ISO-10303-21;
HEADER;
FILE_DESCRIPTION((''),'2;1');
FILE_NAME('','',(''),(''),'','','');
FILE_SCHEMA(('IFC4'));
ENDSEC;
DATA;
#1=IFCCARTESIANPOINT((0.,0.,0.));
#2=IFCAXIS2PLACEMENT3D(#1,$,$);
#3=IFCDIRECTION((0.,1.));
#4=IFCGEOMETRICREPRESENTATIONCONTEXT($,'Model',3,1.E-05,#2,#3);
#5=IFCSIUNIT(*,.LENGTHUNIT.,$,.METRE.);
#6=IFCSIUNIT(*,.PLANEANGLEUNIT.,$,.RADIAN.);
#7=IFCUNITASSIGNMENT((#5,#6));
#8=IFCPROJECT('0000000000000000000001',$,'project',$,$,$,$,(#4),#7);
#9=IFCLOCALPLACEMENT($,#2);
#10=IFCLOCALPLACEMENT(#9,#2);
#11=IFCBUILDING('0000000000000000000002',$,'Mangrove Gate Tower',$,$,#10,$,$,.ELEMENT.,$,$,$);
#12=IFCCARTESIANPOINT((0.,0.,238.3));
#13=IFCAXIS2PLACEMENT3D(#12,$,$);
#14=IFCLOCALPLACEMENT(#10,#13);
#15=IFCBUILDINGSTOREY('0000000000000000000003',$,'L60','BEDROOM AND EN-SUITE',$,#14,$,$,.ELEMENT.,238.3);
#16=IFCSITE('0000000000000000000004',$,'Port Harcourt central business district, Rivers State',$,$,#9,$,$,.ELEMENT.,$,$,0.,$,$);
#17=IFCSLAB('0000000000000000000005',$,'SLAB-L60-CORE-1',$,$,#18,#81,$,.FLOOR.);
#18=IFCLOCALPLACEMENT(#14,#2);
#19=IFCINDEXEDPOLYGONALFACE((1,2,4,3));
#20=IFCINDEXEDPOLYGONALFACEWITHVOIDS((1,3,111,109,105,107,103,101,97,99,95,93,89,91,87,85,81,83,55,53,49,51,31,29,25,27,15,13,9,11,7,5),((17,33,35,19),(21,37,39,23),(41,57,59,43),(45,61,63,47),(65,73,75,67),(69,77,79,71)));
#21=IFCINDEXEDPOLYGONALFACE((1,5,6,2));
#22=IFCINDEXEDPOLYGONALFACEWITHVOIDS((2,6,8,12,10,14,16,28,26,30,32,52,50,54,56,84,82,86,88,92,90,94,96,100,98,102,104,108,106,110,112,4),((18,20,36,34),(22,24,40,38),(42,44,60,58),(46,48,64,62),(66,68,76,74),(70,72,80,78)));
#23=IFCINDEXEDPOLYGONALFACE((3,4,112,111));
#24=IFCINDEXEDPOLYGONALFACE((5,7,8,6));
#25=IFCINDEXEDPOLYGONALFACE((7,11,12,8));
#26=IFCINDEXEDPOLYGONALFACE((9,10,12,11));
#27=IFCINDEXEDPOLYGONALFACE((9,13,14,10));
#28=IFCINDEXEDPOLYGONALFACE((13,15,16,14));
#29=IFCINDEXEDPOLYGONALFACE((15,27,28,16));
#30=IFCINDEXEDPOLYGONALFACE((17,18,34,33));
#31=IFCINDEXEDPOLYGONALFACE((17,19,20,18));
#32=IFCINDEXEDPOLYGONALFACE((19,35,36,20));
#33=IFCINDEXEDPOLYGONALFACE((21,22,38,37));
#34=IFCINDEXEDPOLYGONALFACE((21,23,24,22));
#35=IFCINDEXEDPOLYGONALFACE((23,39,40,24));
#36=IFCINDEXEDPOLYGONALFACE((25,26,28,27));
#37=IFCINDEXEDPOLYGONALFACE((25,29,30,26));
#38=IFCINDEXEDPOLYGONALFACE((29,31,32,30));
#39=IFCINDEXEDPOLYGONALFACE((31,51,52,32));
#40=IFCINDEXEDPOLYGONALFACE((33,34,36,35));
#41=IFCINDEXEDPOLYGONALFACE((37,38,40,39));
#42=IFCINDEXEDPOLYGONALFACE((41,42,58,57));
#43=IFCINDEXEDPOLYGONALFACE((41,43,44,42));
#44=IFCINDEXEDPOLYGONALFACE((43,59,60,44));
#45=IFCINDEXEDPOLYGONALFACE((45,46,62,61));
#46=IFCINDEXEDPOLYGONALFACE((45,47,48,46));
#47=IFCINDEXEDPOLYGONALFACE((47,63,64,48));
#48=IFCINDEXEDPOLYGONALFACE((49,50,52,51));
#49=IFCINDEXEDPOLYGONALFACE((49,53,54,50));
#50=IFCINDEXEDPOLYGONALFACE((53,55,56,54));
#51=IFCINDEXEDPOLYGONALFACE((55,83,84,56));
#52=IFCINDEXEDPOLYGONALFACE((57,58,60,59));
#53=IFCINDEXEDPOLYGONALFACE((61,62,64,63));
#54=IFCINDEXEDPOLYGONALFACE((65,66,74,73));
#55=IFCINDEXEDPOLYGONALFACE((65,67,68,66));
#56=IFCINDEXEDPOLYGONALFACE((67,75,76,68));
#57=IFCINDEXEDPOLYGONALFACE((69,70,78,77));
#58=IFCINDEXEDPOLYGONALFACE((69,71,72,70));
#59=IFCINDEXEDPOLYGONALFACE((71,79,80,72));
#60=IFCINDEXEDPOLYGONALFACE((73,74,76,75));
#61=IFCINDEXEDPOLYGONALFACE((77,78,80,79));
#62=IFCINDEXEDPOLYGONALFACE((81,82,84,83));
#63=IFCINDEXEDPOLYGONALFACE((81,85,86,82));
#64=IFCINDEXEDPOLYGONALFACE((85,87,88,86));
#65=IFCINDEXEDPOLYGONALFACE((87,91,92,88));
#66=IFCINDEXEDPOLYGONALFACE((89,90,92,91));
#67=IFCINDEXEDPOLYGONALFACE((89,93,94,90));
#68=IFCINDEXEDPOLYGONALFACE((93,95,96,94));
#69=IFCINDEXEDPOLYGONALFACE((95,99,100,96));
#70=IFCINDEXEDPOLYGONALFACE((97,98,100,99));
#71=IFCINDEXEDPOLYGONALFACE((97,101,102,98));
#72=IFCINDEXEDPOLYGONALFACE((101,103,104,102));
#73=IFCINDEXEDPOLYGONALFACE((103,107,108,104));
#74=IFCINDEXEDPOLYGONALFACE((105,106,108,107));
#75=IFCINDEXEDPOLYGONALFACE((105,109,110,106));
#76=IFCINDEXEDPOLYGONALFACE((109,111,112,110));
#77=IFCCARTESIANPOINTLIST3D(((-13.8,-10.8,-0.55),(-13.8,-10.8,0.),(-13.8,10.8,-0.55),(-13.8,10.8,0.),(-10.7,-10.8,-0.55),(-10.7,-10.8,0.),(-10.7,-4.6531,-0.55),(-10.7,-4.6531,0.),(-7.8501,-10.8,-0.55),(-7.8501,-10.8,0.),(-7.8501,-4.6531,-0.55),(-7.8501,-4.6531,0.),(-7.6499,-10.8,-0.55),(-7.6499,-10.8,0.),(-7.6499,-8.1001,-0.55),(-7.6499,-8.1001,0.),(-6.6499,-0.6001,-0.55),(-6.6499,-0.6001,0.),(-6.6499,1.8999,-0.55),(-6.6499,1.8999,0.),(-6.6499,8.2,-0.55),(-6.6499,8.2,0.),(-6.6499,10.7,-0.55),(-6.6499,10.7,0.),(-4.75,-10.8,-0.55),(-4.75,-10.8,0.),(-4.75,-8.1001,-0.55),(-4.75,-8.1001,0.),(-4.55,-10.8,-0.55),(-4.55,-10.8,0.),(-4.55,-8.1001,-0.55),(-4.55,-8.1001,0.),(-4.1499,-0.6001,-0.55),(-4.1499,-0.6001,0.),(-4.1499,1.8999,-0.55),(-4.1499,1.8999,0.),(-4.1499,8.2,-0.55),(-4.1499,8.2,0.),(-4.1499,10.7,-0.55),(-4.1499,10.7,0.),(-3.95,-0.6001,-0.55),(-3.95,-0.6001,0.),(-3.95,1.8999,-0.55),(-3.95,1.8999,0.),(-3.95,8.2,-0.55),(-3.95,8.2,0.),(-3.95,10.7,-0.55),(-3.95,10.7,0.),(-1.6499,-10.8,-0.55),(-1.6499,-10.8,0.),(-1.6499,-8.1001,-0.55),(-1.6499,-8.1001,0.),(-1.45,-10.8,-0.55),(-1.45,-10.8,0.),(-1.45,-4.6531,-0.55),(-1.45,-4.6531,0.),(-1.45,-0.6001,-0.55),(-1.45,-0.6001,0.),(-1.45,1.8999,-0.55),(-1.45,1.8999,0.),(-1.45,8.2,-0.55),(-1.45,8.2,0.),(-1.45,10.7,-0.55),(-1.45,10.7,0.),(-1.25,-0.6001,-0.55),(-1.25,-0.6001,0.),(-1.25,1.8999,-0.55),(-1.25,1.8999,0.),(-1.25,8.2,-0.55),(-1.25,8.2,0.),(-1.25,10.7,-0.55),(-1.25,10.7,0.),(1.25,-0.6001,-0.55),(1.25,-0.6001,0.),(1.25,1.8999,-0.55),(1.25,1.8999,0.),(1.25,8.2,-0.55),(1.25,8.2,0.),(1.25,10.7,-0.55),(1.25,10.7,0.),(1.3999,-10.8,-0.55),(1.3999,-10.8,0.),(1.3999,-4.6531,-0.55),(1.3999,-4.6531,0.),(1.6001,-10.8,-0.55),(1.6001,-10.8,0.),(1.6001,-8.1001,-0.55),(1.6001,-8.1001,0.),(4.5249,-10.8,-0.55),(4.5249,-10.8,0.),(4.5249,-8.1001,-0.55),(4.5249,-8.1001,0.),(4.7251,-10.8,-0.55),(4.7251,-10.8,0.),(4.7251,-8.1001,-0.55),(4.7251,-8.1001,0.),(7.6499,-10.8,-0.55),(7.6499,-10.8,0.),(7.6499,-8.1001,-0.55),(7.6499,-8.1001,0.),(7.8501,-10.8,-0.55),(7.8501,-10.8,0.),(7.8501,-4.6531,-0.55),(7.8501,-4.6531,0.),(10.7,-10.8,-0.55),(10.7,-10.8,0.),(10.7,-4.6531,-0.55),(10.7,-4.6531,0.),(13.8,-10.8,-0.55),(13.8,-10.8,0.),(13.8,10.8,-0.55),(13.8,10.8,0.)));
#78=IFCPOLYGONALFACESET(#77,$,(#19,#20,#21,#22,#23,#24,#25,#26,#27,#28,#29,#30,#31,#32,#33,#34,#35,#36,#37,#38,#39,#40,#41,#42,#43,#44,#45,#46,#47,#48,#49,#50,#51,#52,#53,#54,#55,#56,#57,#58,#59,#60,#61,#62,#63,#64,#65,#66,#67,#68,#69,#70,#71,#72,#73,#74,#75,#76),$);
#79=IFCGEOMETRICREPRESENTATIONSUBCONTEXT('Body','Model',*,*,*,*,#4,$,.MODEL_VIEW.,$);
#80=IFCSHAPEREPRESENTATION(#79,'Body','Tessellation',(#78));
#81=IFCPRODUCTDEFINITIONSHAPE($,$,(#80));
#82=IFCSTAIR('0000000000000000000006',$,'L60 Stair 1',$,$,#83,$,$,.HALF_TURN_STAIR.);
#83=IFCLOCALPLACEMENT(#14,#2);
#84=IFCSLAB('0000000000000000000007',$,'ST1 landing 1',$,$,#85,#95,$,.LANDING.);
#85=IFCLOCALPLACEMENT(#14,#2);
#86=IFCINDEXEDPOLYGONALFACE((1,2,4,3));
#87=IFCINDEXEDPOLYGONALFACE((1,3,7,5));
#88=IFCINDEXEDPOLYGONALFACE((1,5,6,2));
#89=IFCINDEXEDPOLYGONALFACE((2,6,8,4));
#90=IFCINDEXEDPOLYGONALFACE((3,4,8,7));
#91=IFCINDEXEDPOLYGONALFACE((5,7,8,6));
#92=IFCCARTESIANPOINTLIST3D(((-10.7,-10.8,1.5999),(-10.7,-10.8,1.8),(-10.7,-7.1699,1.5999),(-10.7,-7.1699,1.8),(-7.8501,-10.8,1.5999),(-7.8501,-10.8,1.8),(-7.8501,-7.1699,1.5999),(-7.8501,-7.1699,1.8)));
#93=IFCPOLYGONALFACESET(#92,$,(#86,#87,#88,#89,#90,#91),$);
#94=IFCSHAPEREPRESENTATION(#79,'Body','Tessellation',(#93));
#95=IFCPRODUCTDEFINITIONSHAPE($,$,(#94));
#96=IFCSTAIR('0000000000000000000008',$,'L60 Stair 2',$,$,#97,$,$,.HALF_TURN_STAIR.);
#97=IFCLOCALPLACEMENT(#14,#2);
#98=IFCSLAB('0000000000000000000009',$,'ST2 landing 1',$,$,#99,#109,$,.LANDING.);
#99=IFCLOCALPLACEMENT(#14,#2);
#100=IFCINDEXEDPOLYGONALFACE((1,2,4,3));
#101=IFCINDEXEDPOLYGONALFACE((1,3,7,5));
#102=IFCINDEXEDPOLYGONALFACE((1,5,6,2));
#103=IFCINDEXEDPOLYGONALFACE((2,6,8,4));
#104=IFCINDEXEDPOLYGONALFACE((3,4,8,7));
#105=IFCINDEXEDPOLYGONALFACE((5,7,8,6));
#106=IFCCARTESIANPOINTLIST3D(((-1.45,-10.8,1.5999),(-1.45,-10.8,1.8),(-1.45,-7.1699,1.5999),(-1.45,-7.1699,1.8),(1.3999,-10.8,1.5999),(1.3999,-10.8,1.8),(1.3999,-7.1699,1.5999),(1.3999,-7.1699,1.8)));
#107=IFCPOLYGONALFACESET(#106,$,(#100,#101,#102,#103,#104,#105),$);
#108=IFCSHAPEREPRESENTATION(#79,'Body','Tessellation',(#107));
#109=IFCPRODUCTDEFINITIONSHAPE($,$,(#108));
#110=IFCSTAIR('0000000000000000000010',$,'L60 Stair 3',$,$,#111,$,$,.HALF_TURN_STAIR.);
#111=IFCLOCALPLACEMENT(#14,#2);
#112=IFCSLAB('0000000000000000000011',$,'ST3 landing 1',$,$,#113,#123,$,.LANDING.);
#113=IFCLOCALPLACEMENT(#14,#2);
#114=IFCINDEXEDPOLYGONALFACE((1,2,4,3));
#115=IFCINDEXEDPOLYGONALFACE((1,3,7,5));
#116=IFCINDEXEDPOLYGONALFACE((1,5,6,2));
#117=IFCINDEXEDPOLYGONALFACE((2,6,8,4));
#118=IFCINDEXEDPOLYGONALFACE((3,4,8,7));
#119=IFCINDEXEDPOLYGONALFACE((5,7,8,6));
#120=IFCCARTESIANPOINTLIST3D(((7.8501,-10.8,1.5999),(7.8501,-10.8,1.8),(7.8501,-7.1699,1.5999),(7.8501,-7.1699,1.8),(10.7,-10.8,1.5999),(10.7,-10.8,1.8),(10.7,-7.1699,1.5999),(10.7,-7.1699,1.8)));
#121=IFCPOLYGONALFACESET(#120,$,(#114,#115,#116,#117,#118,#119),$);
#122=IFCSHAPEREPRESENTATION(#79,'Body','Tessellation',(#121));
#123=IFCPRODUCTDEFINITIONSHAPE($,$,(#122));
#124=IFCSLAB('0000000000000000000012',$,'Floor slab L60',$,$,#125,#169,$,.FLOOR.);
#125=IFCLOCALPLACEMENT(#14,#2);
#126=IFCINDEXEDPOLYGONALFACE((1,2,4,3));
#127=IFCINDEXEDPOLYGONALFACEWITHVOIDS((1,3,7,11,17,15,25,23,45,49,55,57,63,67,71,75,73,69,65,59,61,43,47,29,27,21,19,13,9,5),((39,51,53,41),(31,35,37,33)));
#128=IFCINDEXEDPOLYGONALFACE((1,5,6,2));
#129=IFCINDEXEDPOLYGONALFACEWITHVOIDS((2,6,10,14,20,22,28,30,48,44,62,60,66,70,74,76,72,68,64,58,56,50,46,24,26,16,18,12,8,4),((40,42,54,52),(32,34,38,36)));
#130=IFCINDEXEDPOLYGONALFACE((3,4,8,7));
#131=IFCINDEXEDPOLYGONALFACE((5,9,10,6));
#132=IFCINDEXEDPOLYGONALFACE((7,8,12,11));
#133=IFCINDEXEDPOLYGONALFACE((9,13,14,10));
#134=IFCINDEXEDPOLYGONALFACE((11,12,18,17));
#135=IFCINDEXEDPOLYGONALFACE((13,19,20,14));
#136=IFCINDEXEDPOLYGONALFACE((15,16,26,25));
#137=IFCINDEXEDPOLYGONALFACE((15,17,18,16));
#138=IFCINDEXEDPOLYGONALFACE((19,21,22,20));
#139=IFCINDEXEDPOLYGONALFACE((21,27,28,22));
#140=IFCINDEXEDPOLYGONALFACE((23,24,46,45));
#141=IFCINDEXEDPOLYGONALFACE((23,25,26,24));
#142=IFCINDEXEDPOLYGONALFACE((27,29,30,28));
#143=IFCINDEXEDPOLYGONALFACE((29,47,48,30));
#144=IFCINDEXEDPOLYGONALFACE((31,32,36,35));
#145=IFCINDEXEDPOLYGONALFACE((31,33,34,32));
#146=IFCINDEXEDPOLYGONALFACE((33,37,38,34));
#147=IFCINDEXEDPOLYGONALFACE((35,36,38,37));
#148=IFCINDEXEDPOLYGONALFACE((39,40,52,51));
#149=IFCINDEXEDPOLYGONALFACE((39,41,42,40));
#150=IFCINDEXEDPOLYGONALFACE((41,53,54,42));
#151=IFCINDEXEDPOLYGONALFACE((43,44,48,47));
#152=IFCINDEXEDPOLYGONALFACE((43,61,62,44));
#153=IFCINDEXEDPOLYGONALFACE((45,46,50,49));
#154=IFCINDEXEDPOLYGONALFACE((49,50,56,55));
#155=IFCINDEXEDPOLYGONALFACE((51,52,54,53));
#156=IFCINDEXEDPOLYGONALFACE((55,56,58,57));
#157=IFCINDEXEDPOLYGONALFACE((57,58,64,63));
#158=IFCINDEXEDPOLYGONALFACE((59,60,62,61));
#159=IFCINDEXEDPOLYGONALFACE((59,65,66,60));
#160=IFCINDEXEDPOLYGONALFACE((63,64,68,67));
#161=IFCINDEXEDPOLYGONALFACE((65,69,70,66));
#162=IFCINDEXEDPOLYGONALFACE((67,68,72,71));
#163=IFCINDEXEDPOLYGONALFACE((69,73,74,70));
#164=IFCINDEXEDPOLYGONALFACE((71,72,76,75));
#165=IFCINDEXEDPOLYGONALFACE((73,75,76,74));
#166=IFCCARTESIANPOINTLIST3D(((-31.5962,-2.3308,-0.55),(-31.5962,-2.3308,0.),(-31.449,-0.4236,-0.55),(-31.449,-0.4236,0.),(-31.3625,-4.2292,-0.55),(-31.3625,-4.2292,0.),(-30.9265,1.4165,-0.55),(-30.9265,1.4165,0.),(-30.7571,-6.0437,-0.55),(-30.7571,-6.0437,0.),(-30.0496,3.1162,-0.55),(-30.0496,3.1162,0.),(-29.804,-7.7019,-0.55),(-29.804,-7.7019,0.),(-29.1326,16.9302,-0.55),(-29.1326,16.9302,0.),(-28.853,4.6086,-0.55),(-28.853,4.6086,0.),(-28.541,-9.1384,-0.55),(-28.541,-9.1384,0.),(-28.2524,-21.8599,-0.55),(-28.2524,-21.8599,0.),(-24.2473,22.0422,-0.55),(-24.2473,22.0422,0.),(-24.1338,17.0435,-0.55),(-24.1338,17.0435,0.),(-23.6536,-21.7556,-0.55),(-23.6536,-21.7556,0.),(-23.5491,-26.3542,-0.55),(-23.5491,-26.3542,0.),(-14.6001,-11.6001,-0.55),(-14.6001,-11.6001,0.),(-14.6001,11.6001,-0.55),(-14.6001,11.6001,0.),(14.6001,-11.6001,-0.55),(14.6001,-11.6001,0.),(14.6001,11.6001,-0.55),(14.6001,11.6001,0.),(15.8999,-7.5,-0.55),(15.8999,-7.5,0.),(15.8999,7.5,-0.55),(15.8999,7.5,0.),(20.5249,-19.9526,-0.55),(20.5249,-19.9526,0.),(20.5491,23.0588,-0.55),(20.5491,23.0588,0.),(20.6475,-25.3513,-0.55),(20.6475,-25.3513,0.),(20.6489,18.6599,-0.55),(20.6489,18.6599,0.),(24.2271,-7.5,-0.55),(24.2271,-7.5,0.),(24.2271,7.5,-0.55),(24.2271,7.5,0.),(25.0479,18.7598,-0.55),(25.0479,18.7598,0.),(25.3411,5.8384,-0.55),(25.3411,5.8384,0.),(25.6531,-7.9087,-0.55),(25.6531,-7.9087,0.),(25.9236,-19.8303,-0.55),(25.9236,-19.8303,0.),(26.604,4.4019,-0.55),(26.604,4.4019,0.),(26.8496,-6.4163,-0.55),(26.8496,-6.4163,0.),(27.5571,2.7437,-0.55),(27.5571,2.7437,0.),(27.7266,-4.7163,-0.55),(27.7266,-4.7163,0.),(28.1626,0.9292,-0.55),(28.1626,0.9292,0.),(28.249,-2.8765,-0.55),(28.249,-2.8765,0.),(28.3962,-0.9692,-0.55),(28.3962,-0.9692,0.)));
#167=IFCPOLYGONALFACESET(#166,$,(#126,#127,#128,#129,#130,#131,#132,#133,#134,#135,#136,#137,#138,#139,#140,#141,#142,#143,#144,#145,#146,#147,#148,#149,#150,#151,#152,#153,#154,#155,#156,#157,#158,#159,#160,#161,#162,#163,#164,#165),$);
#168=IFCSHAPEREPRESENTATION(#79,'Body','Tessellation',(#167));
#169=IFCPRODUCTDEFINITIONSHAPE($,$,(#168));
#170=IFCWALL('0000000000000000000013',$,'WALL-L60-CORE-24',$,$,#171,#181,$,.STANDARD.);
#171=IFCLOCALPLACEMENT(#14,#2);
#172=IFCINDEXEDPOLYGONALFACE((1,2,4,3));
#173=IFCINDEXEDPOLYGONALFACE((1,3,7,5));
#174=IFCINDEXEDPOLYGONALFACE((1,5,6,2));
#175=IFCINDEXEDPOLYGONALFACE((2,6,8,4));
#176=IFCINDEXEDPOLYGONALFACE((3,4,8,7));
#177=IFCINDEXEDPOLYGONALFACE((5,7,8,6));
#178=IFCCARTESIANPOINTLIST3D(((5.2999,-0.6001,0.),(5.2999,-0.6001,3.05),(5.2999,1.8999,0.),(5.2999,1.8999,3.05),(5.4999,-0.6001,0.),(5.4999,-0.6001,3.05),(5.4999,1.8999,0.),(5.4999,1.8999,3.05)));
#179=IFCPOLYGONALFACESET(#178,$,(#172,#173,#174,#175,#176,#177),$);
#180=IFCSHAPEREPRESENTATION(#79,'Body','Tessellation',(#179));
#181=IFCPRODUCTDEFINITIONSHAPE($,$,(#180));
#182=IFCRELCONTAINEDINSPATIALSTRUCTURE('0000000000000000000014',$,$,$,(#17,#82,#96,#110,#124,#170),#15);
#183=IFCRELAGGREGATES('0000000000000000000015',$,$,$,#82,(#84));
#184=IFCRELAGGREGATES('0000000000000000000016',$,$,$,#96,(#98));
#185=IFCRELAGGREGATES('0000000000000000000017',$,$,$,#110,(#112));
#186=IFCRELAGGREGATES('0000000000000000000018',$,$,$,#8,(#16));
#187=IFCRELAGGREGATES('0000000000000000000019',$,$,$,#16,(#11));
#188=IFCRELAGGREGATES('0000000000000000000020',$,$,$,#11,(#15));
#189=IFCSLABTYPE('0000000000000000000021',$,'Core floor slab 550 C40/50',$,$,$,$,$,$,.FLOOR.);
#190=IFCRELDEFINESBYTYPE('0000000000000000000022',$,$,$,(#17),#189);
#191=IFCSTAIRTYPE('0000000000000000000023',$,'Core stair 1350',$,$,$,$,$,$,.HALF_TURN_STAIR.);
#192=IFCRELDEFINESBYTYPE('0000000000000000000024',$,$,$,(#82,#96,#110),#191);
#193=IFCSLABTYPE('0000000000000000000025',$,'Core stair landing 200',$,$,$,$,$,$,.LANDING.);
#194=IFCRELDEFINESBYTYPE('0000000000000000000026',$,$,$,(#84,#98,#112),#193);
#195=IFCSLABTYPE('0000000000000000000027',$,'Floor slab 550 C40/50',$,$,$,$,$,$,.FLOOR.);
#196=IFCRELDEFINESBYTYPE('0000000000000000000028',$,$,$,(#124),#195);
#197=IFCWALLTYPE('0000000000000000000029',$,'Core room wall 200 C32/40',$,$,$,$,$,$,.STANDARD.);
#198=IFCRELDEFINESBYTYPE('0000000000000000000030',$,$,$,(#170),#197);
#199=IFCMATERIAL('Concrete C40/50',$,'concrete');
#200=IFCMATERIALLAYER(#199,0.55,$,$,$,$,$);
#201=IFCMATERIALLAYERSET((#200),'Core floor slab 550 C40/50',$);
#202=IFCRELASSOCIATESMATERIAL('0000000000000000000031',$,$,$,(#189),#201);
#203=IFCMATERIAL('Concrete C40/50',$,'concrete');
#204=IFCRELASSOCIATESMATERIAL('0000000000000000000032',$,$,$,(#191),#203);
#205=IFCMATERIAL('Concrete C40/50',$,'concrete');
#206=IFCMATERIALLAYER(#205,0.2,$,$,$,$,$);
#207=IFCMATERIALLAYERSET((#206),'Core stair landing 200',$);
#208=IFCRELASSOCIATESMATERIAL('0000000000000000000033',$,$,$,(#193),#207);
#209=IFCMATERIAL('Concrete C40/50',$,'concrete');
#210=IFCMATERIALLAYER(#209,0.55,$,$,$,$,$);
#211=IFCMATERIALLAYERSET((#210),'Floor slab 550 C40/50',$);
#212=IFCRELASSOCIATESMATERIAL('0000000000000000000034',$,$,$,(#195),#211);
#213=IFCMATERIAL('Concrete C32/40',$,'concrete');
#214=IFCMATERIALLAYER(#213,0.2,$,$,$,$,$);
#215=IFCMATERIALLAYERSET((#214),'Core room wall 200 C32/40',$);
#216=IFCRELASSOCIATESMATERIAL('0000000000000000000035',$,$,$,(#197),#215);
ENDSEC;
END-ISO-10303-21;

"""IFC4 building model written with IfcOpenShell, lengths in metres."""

from ifc_helpers import new_model, si_unit, direction, frame, frame_2d, origin, place, context, subcontext, project, spatial, polyline, rectangle, outline, extrude, material, layer, layer_set, type_object, element, aggregate, save


model = new_model("IFC4")

# Units and contexts
model_context = context("Model", 3, precision=1e-05, world=origin(), true_north=direction((0.0, 1.0)))
body_context = subcontext(model_context, "Body", "Model", "MODEL_VIEW")
ifc_project = project(units=[si_unit("LENGTHUNIT", "METRE"), si_unit("PLANEANGLEUNIT", "RADIAN")], contexts=[model_context])

# Site, building, storey
site_placement = place(None, origin())
site = spatial("IfcSite", under=ifc_project, at=site_placement, Name="Port Harcourt central business district, Rivers State", CompositionType="ELEMENT", RefElevation=0.0)
building_placement = place(site_placement, origin())
building = spatial("IfcBuilding", under=site, at=building_placement, Name="Mangrove Gate Tower", CompositionType="ELEMENT")
storey_placement = place(building_placement, frame((0.0, 0.0, 238.3)))
storey = spatial("IfcBuildingStorey", under=building, at=storey_placement, Name="L60", Description="BEDROOM AND EN-SUITE", CompositionType="ELEMENT", Elevation=238.3)

# Slab
ifc_material_1 = material(Name="Concrete C40/50", Category="concrete")
ifc_layer_1 = layer(ifc_material_1, 0.55)
ifc_layer_set_1 = layer_set([ifc_layer_1], Name="Core floor slab 550 C40/50")
slab_type_1 = type_object("IfcSlabType", Name="Core floor slab 550 C40/50", PredefinedType="FLOOR", material=ifc_layer_set_1)
slab_1_placement = place(storey_placement, frame((0.0, 0.0, -0.55)))
element("IfcSlab", 1, at=slab_1_placement, inside=storey, type_object=slab_type_1, Name="SLAB-L60-CORE-1", PredefinedType="FLOOR", context=body_context, shape_type="SweptSolid", body=[
    extrude(outline(polyline([(-13.8, -10.8), (-13.8, 10.8), (13.8, 10.8), (13.8, -10.8), (10.7, -10.8), (10.7, -4.6531), (7.8501, -4.6531), (7.8501, -10.8), (7.6499, -10.8), (7.6499, -8.1001), (4.7251, -8.1001), (4.7251, -10.8), (4.5249, -10.8), (4.5249, -8.1001), (1.6001, -8.1001), (1.6001, -10.8), (1.3999, -10.8), (1.3999, -4.6531), (-1.45, -4.6531), (-1.45, -10.8), (-1.6499, -10.8), (-1.6499, -8.1001), (-4.55, -8.1001), (-4.55, -10.8), (-4.75, -10.8), (-4.75, -8.1001), (-7.6499, -8.1001), (-7.6499, -10.8), (-7.8501, -10.8), (-7.8501, -4.6531), (-10.7, -4.6531), (-10.7, -10.8), (-13.8, -10.8)]), holes=[polyline([(-4.1499, 1.8999), (-6.6499, 1.8999), (-6.6499, -0.6001), (-4.1499, -0.6001), (-4.1499, 1.8999)]), polyline([(-1.45, -0.6001), (-1.45, 1.8999), (-3.95, 1.8999), (-3.95, -0.6001), (-1.45, -0.6001)]), polyline([(-4.1499, 8.2), (-4.1499, 10.7), (-6.6499, 10.7), (-6.6499, 8.2), (-4.1499, 8.2)]), polyline([(-1.45, 10.7), (-3.95, 10.7), (-3.95, 8.2), (-1.45, 8.2), (-1.45, 10.7)]), polyline([(1.25, -0.6001), (1.25, 1.8999), (-1.25, 1.8999), (-1.25, -0.6001), (1.25, -0.6001)]), polyline([(1.25, 8.2), (1.25, 10.7), (-1.25, 10.7), (-1.25, 8.2), (1.25, 8.2)])]), origin(), (0.0, 0.0, 1.0), 0.55),
])

# Stairs, slabs
ifc_material_2 = material(Name="Concrete C40/50", Category="concrete")
stair_type = type_object("IfcStairType", Name="Core stair 1350", PredefinedType="HALF_TURN_STAIR", material=ifc_material_2)
stair_1_placement = place(storey_placement, origin())
stair_1 = element("IfcStair", 2, at=stair_1_placement, inside=storey, type_object=stair_type, Name="L60 Stair 1", PredefinedType="HALF_TURN_STAIR")
ifc_material_3 = material(Name="Concrete C40/50", Category="concrete")
ifc_layer_2 = layer(ifc_material_3, 0.2)
ifc_layer_set_2 = layer_set([ifc_layer_2], Name="Core stair landing 200")
slab_type_2 = type_object("IfcSlabType", Name="Core stair landing 200", PredefinedType="LANDING", material=ifc_layer_set_2)
slab_2_placement = place(storey_placement, frame((0.0, 0.0, 1.5999)))
slab_2 = element("IfcSlab", 3, at=slab_2_placement, type_object=slab_type_2, Name="ST1 landing 1", PredefinedType="LANDING", context=body_context, shape_type="SweptSolid", body=[
    extrude(outline(polyline([(-10.7, -7.1699), (-10.7, -10.8), (-7.8501, -10.8), (-7.8501, -7.1699), (-10.7, -7.1699)])), origin(), (0.0, 0.0, 1.0), 0.2002),
])
aggregate(stair_1, [slab_2])
stair_2_placement = place(storey_placement, origin())
stair_2 = element("IfcStair", 4, at=stair_2_placement, inside=storey, type_object=stair_type, Name="L60 Stair 2", PredefinedType="HALF_TURN_STAIR")
slab_3_placement = place(storey_placement, frame((0.0, 0.0, 1.5999)))
slab_3 = element("IfcSlab", 5, at=slab_3_placement, type_object=slab_type_2, Name="ST2 landing 1", PredefinedType="LANDING", context=body_context, shape_type="SweptSolid", body=[
    extrude(outline(polyline([(-1.45, -7.1699), (-1.45, -10.8), (1.3999, -10.8), (1.3999, -7.1699), (-1.45, -7.1699)])), origin(), (0.0, 0.0, 1.0), 0.2002),
])
aggregate(stair_2, [slab_3])
stair_3_placement = place(storey_placement, origin())
stair_3 = element("IfcStair", 6, at=stair_3_placement, inside=storey, type_object=stair_type, Name="L60 Stair 3", PredefinedType="HALF_TURN_STAIR")
slab_4_placement = place(storey_placement, frame((0.0, 0.0, 1.5999)))
slab_4 = element("IfcSlab", 7, at=slab_4_placement, type_object=slab_type_2, Name="ST3 landing 1", PredefinedType="LANDING", context=body_context, shape_type="SweptSolid", body=[
    extrude(outline(polyline([(7.8501, -7.1699), (7.8501, -10.8), (10.7, -10.8), (10.7, -7.1699), (7.8501, -7.1699)])), origin(), (0.0, 0.0, 1.0), 0.2002),
])
aggregate(stair_3, [slab_4])

# Slab
ifc_material_4 = material(Name="Concrete C40/50", Category="concrete")
ifc_layer_3 = layer(ifc_material_4, 0.55)
ifc_layer_set_3 = layer_set([ifc_layer_3], Name="Floor slab 550 C40/50")
slab_type_3 = type_object("IfcSlabType", Name="Floor slab 550 C40/50", PredefinedType="FLOOR", material=ifc_layer_set_3)
slab_5_placement = place(storey_placement, frame((0.0, 0.0, -0.55)))
element("IfcSlab", 8, at=slab_5_placement, inside=storey, type_object=slab_type_3, Name="Floor slab L60", PredefinedType="FLOOR", context=body_context, shape_type="SweptSolid", body=[
    extrude(outline(polyline([(-23.5491, -26.3542), (20.6475, -25.3513), (20.5249, -19.9526), (25.9236, -19.8303), (25.6531, -7.9087), (26.8496, -6.4163), (27.7266, -4.7163), (28.249, -2.8765), (28.3962, -0.9692), (28.1626, 0.9292), (27.5571, 2.7437), (26.604, 4.4019), (25.3411, 5.8384), (25.0479, 18.7598), (20.6489, 18.6599), (20.5491, 23.0588), (-24.2473, 22.0422), (-24.1338, 17.0435), (-29.1326, 16.9302), (-28.853, 4.6086), (-30.0496, 3.1162), (-30.9265, 1.4165), (-31.449, -0.4236), (-31.5962, -2.3308), (-31.3625, -4.2292), (-30.7571, -6.0437), (-29.804, -7.7019), (-28.541, -9.1384), (-28.2524, -21.8599), (-23.6536, -21.7556), (-23.5491, -26.3542)]), holes=[polyline([(15.8999, 7.5), (24.2271, 7.5), (24.2271, -7.5), (15.8999, -7.5), (15.8999, 7.5)]), polyline([(-14.6001, -11.6001), (-14.6001, 11.6001), (14.6001, 11.6001), (14.6001, -11.6001), (-14.6001, -11.6001)])]), origin(), (0.0, 0.0, 1.0), 0.55),
])

# Wall
ifc_material_5 = material(Name="Concrete C32/40", Category="concrete")
ifc_layer_4 = layer(ifc_material_5, 0.2)
ifc_layer_set_4 = layer_set([ifc_layer_4], Name="Core room wall 200 C32/40")
wall_type_1 = type_object("IfcWallType", Name="Core room wall 200 C32/40", PredefinedType="STANDARD", material=ifc_layer_set_4)
for number, where, z_axis, x_axis, name in (
    (9, (5.3999, -0.6001, 0.0), (0.0, 0.0, 1.0), (0.0, 1.0, 0.0), "WALL-L60-CORE-24"),
):
    element("IfcWall", number, at=place(storey_placement, frame(where, z_axis=z_axis, x_axis=x_axis)), inside=storey, type_object=wall_type_1, Name=name, PredefinedType="STANDARD", context=body_context, shape_type="SweptSolid", body=[
        extrude(rectangle(XDim=2.5, YDim=0.2, at=frame_2d((1.25, 0.0))), origin(), (0.0, 0.0, 1.0), 3.05),
    ])

save(model, "model.ifc")
